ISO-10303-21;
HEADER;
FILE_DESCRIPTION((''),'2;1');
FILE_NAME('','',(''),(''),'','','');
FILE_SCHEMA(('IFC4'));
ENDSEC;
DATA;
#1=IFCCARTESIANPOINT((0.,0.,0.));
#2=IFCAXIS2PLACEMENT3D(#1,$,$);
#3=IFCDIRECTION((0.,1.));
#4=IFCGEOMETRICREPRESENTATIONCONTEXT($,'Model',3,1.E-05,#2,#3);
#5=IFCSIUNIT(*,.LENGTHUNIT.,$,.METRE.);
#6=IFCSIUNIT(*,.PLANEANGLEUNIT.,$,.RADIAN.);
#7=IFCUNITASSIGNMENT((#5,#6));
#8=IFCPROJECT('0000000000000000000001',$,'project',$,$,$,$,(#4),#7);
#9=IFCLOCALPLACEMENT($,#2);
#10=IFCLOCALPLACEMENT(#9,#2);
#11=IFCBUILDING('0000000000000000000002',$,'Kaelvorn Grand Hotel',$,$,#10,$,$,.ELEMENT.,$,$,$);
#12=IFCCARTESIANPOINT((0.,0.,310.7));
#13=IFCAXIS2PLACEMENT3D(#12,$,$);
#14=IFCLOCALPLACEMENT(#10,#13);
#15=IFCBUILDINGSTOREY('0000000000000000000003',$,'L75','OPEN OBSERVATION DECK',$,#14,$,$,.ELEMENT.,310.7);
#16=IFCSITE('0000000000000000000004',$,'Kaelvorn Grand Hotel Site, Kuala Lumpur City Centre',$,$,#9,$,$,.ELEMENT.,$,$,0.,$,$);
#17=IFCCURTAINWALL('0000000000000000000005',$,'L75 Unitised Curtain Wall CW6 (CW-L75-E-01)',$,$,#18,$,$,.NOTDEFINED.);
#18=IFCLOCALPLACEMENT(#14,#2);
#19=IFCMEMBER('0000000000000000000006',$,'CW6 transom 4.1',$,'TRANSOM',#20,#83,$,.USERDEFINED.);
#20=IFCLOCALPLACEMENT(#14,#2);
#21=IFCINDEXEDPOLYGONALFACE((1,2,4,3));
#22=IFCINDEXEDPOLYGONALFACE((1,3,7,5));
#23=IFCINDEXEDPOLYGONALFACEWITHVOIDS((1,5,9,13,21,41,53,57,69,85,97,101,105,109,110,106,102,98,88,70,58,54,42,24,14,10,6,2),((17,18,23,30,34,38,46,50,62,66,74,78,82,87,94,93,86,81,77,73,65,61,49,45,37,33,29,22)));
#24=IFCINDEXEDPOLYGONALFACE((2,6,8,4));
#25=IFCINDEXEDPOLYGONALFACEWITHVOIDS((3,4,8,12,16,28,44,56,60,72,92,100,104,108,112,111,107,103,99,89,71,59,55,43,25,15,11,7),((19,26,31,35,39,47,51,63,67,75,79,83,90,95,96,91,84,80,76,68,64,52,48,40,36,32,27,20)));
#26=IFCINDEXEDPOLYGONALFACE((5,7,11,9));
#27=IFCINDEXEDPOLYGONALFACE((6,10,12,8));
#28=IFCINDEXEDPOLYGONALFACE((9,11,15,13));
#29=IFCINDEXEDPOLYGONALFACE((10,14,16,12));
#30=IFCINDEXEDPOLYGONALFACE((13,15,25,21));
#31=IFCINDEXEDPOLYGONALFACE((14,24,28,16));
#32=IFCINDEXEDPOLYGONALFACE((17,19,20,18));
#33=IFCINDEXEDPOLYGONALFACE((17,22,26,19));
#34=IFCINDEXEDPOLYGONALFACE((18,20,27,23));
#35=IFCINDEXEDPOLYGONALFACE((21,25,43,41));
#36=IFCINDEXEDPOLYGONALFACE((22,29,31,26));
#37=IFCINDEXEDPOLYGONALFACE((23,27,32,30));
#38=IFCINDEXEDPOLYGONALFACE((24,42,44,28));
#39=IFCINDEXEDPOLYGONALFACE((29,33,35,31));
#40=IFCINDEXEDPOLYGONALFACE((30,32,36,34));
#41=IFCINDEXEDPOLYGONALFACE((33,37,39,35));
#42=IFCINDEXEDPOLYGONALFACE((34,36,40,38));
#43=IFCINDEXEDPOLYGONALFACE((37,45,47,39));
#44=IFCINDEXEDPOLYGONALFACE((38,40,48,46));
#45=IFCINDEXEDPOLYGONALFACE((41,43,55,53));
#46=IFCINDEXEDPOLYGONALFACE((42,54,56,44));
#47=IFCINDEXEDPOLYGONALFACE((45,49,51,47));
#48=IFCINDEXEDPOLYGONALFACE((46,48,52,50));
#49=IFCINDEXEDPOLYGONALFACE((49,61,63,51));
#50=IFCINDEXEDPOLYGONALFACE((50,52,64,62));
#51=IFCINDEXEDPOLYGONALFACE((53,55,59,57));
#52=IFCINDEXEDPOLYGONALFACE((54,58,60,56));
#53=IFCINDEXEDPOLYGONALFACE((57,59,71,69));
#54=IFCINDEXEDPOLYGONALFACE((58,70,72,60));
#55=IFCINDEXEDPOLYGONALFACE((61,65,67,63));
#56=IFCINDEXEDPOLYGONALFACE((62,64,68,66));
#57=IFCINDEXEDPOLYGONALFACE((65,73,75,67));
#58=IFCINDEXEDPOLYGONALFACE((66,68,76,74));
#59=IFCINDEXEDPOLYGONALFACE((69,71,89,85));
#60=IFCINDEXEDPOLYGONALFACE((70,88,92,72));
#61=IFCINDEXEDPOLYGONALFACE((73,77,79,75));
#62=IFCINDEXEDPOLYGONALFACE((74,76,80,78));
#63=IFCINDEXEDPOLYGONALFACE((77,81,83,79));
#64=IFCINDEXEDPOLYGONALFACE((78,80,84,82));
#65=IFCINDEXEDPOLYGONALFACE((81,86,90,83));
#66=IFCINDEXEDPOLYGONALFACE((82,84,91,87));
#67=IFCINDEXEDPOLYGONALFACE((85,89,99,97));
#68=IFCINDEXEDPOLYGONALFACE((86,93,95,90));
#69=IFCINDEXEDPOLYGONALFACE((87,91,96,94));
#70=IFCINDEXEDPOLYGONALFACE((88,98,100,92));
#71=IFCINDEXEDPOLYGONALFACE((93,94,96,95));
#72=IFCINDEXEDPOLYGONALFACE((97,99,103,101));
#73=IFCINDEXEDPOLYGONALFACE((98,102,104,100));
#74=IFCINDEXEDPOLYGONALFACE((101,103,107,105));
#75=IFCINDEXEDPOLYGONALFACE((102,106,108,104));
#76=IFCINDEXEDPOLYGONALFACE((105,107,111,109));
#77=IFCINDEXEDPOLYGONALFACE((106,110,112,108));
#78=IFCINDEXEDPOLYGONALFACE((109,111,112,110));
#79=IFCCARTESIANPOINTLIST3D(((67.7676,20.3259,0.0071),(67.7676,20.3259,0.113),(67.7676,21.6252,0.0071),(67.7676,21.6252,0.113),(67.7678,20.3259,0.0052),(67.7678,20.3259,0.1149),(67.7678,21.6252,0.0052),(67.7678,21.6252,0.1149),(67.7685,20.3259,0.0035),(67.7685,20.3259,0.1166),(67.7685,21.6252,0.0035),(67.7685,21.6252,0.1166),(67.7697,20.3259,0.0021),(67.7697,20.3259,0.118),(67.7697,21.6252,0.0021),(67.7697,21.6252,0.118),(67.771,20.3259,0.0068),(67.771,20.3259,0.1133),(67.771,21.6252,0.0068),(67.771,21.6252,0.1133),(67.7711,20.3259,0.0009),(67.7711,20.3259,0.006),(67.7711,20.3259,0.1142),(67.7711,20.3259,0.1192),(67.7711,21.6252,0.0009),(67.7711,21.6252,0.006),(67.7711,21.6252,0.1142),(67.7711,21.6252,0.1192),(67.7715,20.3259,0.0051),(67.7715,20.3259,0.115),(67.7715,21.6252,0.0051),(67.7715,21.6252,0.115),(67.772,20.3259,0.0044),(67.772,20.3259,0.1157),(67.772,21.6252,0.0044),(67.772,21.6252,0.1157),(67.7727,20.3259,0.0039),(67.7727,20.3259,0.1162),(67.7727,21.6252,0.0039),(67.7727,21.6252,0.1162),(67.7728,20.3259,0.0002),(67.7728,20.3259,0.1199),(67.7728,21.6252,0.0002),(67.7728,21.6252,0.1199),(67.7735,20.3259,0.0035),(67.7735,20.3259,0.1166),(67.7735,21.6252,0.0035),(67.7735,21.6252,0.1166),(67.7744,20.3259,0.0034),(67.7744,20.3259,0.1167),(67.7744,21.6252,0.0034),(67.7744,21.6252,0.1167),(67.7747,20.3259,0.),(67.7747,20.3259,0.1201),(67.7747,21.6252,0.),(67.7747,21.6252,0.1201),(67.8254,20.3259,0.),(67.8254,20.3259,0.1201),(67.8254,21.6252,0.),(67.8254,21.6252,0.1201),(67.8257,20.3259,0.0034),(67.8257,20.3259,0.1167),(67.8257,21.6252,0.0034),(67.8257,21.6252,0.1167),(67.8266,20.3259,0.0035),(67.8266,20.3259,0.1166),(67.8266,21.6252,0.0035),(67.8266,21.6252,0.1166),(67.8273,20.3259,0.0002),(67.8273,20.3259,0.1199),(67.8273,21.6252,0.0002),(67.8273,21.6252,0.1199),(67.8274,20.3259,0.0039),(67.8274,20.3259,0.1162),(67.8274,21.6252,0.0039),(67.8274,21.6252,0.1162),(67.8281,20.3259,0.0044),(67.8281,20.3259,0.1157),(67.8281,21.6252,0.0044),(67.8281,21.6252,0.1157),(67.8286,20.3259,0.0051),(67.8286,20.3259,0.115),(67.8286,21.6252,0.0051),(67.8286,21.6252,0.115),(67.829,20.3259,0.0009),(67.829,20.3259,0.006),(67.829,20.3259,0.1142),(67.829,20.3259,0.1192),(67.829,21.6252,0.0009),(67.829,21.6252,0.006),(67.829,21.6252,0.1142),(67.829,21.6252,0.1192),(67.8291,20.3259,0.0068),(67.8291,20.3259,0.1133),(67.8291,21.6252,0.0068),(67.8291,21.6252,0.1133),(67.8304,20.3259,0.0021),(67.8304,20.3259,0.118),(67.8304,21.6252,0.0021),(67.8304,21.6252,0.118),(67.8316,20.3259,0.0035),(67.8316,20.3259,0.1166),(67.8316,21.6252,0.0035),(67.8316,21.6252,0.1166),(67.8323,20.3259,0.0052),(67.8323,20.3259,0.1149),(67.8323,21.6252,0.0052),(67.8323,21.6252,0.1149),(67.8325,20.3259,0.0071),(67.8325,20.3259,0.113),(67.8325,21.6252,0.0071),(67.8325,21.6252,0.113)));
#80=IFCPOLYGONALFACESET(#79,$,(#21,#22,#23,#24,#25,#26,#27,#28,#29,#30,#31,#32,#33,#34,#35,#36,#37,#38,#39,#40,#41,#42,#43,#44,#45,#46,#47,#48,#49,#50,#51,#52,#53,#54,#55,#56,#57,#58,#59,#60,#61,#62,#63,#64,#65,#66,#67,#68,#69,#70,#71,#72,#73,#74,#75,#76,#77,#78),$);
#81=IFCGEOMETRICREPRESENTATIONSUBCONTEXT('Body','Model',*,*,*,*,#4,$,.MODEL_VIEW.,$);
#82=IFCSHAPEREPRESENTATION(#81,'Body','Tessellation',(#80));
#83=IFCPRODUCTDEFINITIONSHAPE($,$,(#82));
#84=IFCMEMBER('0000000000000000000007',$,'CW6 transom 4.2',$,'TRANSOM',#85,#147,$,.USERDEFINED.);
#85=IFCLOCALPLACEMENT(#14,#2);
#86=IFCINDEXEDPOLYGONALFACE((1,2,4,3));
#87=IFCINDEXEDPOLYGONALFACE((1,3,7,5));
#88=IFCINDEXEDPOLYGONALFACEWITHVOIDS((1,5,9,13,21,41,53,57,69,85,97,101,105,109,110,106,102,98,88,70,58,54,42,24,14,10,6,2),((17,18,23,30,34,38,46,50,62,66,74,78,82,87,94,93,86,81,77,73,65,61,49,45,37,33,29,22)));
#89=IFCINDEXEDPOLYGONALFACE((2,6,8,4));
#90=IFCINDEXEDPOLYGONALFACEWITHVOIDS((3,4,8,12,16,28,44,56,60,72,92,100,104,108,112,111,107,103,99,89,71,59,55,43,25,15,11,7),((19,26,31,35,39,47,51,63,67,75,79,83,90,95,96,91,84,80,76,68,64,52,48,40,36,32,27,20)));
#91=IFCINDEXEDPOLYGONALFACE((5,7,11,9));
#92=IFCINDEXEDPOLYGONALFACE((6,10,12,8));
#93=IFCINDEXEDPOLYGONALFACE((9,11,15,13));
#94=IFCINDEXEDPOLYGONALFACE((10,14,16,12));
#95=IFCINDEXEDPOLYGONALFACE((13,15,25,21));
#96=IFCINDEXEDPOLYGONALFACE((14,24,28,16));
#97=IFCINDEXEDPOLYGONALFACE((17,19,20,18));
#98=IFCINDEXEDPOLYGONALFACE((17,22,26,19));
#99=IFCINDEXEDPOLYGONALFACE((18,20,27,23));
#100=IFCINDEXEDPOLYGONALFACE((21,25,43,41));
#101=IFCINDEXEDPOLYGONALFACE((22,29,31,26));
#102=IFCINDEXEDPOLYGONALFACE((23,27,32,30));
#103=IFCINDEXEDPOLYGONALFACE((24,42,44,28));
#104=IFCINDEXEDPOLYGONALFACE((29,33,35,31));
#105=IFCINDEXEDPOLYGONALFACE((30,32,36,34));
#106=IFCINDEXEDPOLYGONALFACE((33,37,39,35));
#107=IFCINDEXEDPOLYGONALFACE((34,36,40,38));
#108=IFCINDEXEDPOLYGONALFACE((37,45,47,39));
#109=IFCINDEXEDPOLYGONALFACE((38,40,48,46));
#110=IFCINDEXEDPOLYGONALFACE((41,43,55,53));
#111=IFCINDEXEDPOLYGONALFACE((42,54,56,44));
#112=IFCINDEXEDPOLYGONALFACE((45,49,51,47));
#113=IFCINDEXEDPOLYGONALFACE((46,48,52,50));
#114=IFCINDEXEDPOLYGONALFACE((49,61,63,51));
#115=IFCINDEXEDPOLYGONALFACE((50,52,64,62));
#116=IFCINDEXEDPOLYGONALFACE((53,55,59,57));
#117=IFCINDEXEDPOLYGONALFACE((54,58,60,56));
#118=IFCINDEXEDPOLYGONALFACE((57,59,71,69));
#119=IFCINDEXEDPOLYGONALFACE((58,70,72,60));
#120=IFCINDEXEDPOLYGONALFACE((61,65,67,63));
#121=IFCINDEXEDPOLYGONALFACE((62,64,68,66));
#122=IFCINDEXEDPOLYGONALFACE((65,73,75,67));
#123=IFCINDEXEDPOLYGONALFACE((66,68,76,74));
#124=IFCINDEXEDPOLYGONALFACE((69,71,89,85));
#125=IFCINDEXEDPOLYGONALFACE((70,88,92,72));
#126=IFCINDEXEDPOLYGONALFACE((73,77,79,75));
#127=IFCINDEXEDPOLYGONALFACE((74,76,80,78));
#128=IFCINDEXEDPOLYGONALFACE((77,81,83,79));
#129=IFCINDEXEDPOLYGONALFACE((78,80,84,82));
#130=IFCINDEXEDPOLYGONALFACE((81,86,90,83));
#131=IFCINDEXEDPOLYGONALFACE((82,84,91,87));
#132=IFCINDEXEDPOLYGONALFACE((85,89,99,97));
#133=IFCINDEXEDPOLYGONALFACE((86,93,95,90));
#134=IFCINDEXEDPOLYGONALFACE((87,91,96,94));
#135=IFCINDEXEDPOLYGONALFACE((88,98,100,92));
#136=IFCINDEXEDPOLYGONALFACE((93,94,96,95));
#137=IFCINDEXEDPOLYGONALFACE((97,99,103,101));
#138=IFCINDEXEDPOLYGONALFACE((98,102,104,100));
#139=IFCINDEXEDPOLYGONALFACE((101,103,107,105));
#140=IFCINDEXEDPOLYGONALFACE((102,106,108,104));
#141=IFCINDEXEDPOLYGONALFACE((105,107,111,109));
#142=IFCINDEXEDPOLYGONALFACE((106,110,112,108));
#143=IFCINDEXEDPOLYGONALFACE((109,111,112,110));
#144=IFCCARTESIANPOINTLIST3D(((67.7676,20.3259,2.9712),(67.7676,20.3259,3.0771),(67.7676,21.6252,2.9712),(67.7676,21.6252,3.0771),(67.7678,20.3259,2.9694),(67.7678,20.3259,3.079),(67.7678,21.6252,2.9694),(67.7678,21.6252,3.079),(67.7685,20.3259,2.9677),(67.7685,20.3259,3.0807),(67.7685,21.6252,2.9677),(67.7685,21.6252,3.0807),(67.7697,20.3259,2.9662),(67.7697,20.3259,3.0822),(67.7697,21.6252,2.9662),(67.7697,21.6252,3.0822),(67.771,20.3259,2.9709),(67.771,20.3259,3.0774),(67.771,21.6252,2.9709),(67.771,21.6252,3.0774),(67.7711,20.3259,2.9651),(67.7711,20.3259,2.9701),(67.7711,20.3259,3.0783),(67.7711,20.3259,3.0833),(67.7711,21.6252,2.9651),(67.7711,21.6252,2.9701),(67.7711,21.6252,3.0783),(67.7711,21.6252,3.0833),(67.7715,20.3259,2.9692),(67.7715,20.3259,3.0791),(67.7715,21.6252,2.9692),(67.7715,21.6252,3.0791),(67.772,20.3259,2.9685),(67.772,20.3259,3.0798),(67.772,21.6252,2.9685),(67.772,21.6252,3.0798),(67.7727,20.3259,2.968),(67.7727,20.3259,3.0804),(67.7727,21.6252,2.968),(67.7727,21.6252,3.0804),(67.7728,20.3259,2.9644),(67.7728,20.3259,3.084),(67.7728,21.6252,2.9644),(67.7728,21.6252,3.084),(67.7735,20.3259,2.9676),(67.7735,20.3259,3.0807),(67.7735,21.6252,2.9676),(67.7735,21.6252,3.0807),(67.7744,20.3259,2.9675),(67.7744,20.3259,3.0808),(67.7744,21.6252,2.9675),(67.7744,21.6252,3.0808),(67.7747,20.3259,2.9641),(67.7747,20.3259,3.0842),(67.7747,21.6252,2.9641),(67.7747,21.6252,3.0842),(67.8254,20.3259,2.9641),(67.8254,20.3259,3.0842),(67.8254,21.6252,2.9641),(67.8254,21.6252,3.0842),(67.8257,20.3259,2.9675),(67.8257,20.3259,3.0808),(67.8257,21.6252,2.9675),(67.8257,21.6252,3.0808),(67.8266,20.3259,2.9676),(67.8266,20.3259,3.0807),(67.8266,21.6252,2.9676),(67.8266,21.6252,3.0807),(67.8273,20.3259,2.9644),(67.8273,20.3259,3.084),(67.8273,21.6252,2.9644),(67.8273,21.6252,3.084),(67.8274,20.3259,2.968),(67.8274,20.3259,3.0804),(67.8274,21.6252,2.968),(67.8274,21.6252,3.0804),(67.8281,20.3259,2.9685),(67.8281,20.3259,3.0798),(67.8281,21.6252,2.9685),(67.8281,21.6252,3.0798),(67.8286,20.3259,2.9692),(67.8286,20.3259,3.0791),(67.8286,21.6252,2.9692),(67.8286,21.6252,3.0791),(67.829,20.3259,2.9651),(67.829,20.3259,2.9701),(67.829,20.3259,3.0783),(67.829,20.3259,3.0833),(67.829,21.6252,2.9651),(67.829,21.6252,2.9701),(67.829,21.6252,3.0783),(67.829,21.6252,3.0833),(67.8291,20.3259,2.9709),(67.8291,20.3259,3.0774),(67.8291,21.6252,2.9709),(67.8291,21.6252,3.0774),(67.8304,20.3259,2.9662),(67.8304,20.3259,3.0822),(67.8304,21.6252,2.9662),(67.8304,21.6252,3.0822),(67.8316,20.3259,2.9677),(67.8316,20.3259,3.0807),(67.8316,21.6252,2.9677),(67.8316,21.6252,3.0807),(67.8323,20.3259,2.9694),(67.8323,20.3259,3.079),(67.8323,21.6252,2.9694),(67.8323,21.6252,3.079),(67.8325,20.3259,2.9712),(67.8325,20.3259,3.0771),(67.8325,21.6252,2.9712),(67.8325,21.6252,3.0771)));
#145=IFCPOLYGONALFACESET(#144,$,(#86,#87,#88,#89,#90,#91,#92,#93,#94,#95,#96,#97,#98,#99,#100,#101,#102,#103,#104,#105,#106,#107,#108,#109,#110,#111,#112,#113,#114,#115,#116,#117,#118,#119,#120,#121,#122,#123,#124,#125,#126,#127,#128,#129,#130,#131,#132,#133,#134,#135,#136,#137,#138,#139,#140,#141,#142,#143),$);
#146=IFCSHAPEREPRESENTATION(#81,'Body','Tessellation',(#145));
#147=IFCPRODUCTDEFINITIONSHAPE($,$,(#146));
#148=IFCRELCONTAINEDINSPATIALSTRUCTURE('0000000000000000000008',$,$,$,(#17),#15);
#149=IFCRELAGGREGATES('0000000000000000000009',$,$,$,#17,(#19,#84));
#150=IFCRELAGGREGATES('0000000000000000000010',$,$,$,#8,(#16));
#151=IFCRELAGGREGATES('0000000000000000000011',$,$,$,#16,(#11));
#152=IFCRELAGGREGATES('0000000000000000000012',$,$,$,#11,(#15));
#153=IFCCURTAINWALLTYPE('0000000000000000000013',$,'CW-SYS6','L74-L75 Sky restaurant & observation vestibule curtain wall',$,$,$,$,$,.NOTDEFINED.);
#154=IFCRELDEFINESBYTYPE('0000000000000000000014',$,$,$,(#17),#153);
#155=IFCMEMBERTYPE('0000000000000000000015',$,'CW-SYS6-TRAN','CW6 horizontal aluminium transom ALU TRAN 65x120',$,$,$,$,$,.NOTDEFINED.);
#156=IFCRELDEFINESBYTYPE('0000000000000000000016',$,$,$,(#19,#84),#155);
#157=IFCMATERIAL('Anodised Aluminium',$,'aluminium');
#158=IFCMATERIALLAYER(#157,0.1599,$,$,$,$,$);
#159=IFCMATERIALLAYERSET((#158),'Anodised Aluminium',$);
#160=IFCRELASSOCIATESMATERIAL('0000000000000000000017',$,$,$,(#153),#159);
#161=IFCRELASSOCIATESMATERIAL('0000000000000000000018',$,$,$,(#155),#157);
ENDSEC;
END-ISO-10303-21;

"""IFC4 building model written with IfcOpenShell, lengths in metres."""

from ifc_helpers import new_model, si_unit, direction, frame, origin, origin_2d, place, context, subcontext, project, spatial, hollow_rectangle, extrude, material, layer, layer_set, material_profile, profile_set, type_object, element, aggregate, save


model = new_model("IFC4")

# Units and contexts
model_context = context("Model", 3, precision=1e-05, world=origin(), true_north=direction((0.0, 1.0)))
body_context = subcontext(model_context, "Body", "Model", "MODEL_VIEW")
ifc_project = project(units=[si_unit("LENGTHUNIT", "METRE"), si_unit("PLANEANGLEUNIT", "RADIAN")], contexts=[model_context])

# Site, building, storey
site_placement = place(None, origin())
site = spatial("IfcSite", under=ifc_project, at=site_placement, Name="Kaelvorn Grand Hotel Site, Kuala Lumpur City Centre", CompositionType="ELEMENT", RefElevation=0.0)
building_placement = place(site_placement, origin())
building = spatial("IfcBuilding", under=site, at=building_placement, Name="Kaelvorn Grand Hotel", CompositionType="ELEMENT")
storey_placement = place(building_placement, frame((0.0, 0.0, 310.7)))
storey = spatial("IfcBuildingStorey", under=building, at=storey_placement, Name="L75", Description="OPEN OBSERVATION DECK", CompositionType="ELEMENT", Elevation=310.7)

# Curtain wall, members
ifc_material_1 = material(Name="Anodised Aluminium", Category="aluminium")
ifc_layer_1 = layer(ifc_material_1, 0.1599)
ifc_layer_set_1 = layer_set([ifc_layer_1], Name="Anodised Aluminium")
curtain_wall_type = type_object("IfcCurtainWallType", Name="CW-SYS6", Description="L74-L75 Sky restaurant & observation vestibule curtain wall", PredefinedType="NOTDEFINED", material=ifc_layer_set_1)
curtain_wall_placement = place(storey_placement, origin())
curtain_wall = element("IfcCurtainWall", 1, at=curtain_wall_placement, inside=storey, type_object=curtain_wall_type, Name="L75 Unitised Curtain Wall CW6 (CW-L75-E-01)", PredefinedType="NOTDEFINED")
ifc_material_profile_1 = material_profile(ifc_material_1, hollow_rectangle(XDim=0.0649, YDim=0.1201, WallThickness=0.0034, InnerFilletRadius=0.0034, OuterFilletRadius=0.0071, at=origin_2d()), Name="ALU TRAN 65x120")
ifc_profile_set_1 = profile_set([ifc_material_profile_1], Name="Anodised Aluminium")
member_type_1 = type_object("IfcMemberType", Name="CW-SYS6-TRAN", Description="CW6 horizontal aluminium transom ALU TRAN 65x120", PredefinedType="NOTDEFINED", material=ifc_profile_set_1)
member_1_placement = place(storey_placement, frame((67.8, 20.3259, 0.0601), z_axis=(0.0, 1.0, 0.0), x_axis=(-1.0, 0.0, 0.0)))
member_1 = element("IfcMember", 2, at=member_1_placement, type_object=member_type_1, Name="CW6 transom 4.1", ObjectType="TRANSOM", PredefinedType="USERDEFINED", context=body_context, shape_type="SweptSolid", body=[
    extrude(hollow_rectangle(XDim=0.0649, YDim=0.1201, WallThickness=0.0034, InnerFilletRadius=0.0034, OuterFilletRadius=0.0071, at=origin_2d()), origin(), (0.0, 0.0, 1.0), 1.2993),
])
member_2_placement = place(storey_placement, frame((67.8, 20.3259, 3.0242), z_axis=(0.0, 1.0, 0.0), x_axis=(-1.0, 0.0, 0.0)))
member_2 = element("IfcMember", 3, at=member_2_placement, type_object=member_type_1, Name="CW6 transom 4.2", ObjectType="TRANSOM", PredefinedType="USERDEFINED", context=body_context, shape_type="SweptSolid", body=[
    extrude(hollow_rectangle(XDim=0.0649, YDim=0.1201, WallThickness=0.0034, InnerFilletRadius=0.0034, OuterFilletRadius=0.0071, at=origin_2d()), origin(), (0.0, 0.0, 1.0), 1.2993),
])
aggregate(curtain_wall, [member_1, member_2])

save(model, "model.ifc")
